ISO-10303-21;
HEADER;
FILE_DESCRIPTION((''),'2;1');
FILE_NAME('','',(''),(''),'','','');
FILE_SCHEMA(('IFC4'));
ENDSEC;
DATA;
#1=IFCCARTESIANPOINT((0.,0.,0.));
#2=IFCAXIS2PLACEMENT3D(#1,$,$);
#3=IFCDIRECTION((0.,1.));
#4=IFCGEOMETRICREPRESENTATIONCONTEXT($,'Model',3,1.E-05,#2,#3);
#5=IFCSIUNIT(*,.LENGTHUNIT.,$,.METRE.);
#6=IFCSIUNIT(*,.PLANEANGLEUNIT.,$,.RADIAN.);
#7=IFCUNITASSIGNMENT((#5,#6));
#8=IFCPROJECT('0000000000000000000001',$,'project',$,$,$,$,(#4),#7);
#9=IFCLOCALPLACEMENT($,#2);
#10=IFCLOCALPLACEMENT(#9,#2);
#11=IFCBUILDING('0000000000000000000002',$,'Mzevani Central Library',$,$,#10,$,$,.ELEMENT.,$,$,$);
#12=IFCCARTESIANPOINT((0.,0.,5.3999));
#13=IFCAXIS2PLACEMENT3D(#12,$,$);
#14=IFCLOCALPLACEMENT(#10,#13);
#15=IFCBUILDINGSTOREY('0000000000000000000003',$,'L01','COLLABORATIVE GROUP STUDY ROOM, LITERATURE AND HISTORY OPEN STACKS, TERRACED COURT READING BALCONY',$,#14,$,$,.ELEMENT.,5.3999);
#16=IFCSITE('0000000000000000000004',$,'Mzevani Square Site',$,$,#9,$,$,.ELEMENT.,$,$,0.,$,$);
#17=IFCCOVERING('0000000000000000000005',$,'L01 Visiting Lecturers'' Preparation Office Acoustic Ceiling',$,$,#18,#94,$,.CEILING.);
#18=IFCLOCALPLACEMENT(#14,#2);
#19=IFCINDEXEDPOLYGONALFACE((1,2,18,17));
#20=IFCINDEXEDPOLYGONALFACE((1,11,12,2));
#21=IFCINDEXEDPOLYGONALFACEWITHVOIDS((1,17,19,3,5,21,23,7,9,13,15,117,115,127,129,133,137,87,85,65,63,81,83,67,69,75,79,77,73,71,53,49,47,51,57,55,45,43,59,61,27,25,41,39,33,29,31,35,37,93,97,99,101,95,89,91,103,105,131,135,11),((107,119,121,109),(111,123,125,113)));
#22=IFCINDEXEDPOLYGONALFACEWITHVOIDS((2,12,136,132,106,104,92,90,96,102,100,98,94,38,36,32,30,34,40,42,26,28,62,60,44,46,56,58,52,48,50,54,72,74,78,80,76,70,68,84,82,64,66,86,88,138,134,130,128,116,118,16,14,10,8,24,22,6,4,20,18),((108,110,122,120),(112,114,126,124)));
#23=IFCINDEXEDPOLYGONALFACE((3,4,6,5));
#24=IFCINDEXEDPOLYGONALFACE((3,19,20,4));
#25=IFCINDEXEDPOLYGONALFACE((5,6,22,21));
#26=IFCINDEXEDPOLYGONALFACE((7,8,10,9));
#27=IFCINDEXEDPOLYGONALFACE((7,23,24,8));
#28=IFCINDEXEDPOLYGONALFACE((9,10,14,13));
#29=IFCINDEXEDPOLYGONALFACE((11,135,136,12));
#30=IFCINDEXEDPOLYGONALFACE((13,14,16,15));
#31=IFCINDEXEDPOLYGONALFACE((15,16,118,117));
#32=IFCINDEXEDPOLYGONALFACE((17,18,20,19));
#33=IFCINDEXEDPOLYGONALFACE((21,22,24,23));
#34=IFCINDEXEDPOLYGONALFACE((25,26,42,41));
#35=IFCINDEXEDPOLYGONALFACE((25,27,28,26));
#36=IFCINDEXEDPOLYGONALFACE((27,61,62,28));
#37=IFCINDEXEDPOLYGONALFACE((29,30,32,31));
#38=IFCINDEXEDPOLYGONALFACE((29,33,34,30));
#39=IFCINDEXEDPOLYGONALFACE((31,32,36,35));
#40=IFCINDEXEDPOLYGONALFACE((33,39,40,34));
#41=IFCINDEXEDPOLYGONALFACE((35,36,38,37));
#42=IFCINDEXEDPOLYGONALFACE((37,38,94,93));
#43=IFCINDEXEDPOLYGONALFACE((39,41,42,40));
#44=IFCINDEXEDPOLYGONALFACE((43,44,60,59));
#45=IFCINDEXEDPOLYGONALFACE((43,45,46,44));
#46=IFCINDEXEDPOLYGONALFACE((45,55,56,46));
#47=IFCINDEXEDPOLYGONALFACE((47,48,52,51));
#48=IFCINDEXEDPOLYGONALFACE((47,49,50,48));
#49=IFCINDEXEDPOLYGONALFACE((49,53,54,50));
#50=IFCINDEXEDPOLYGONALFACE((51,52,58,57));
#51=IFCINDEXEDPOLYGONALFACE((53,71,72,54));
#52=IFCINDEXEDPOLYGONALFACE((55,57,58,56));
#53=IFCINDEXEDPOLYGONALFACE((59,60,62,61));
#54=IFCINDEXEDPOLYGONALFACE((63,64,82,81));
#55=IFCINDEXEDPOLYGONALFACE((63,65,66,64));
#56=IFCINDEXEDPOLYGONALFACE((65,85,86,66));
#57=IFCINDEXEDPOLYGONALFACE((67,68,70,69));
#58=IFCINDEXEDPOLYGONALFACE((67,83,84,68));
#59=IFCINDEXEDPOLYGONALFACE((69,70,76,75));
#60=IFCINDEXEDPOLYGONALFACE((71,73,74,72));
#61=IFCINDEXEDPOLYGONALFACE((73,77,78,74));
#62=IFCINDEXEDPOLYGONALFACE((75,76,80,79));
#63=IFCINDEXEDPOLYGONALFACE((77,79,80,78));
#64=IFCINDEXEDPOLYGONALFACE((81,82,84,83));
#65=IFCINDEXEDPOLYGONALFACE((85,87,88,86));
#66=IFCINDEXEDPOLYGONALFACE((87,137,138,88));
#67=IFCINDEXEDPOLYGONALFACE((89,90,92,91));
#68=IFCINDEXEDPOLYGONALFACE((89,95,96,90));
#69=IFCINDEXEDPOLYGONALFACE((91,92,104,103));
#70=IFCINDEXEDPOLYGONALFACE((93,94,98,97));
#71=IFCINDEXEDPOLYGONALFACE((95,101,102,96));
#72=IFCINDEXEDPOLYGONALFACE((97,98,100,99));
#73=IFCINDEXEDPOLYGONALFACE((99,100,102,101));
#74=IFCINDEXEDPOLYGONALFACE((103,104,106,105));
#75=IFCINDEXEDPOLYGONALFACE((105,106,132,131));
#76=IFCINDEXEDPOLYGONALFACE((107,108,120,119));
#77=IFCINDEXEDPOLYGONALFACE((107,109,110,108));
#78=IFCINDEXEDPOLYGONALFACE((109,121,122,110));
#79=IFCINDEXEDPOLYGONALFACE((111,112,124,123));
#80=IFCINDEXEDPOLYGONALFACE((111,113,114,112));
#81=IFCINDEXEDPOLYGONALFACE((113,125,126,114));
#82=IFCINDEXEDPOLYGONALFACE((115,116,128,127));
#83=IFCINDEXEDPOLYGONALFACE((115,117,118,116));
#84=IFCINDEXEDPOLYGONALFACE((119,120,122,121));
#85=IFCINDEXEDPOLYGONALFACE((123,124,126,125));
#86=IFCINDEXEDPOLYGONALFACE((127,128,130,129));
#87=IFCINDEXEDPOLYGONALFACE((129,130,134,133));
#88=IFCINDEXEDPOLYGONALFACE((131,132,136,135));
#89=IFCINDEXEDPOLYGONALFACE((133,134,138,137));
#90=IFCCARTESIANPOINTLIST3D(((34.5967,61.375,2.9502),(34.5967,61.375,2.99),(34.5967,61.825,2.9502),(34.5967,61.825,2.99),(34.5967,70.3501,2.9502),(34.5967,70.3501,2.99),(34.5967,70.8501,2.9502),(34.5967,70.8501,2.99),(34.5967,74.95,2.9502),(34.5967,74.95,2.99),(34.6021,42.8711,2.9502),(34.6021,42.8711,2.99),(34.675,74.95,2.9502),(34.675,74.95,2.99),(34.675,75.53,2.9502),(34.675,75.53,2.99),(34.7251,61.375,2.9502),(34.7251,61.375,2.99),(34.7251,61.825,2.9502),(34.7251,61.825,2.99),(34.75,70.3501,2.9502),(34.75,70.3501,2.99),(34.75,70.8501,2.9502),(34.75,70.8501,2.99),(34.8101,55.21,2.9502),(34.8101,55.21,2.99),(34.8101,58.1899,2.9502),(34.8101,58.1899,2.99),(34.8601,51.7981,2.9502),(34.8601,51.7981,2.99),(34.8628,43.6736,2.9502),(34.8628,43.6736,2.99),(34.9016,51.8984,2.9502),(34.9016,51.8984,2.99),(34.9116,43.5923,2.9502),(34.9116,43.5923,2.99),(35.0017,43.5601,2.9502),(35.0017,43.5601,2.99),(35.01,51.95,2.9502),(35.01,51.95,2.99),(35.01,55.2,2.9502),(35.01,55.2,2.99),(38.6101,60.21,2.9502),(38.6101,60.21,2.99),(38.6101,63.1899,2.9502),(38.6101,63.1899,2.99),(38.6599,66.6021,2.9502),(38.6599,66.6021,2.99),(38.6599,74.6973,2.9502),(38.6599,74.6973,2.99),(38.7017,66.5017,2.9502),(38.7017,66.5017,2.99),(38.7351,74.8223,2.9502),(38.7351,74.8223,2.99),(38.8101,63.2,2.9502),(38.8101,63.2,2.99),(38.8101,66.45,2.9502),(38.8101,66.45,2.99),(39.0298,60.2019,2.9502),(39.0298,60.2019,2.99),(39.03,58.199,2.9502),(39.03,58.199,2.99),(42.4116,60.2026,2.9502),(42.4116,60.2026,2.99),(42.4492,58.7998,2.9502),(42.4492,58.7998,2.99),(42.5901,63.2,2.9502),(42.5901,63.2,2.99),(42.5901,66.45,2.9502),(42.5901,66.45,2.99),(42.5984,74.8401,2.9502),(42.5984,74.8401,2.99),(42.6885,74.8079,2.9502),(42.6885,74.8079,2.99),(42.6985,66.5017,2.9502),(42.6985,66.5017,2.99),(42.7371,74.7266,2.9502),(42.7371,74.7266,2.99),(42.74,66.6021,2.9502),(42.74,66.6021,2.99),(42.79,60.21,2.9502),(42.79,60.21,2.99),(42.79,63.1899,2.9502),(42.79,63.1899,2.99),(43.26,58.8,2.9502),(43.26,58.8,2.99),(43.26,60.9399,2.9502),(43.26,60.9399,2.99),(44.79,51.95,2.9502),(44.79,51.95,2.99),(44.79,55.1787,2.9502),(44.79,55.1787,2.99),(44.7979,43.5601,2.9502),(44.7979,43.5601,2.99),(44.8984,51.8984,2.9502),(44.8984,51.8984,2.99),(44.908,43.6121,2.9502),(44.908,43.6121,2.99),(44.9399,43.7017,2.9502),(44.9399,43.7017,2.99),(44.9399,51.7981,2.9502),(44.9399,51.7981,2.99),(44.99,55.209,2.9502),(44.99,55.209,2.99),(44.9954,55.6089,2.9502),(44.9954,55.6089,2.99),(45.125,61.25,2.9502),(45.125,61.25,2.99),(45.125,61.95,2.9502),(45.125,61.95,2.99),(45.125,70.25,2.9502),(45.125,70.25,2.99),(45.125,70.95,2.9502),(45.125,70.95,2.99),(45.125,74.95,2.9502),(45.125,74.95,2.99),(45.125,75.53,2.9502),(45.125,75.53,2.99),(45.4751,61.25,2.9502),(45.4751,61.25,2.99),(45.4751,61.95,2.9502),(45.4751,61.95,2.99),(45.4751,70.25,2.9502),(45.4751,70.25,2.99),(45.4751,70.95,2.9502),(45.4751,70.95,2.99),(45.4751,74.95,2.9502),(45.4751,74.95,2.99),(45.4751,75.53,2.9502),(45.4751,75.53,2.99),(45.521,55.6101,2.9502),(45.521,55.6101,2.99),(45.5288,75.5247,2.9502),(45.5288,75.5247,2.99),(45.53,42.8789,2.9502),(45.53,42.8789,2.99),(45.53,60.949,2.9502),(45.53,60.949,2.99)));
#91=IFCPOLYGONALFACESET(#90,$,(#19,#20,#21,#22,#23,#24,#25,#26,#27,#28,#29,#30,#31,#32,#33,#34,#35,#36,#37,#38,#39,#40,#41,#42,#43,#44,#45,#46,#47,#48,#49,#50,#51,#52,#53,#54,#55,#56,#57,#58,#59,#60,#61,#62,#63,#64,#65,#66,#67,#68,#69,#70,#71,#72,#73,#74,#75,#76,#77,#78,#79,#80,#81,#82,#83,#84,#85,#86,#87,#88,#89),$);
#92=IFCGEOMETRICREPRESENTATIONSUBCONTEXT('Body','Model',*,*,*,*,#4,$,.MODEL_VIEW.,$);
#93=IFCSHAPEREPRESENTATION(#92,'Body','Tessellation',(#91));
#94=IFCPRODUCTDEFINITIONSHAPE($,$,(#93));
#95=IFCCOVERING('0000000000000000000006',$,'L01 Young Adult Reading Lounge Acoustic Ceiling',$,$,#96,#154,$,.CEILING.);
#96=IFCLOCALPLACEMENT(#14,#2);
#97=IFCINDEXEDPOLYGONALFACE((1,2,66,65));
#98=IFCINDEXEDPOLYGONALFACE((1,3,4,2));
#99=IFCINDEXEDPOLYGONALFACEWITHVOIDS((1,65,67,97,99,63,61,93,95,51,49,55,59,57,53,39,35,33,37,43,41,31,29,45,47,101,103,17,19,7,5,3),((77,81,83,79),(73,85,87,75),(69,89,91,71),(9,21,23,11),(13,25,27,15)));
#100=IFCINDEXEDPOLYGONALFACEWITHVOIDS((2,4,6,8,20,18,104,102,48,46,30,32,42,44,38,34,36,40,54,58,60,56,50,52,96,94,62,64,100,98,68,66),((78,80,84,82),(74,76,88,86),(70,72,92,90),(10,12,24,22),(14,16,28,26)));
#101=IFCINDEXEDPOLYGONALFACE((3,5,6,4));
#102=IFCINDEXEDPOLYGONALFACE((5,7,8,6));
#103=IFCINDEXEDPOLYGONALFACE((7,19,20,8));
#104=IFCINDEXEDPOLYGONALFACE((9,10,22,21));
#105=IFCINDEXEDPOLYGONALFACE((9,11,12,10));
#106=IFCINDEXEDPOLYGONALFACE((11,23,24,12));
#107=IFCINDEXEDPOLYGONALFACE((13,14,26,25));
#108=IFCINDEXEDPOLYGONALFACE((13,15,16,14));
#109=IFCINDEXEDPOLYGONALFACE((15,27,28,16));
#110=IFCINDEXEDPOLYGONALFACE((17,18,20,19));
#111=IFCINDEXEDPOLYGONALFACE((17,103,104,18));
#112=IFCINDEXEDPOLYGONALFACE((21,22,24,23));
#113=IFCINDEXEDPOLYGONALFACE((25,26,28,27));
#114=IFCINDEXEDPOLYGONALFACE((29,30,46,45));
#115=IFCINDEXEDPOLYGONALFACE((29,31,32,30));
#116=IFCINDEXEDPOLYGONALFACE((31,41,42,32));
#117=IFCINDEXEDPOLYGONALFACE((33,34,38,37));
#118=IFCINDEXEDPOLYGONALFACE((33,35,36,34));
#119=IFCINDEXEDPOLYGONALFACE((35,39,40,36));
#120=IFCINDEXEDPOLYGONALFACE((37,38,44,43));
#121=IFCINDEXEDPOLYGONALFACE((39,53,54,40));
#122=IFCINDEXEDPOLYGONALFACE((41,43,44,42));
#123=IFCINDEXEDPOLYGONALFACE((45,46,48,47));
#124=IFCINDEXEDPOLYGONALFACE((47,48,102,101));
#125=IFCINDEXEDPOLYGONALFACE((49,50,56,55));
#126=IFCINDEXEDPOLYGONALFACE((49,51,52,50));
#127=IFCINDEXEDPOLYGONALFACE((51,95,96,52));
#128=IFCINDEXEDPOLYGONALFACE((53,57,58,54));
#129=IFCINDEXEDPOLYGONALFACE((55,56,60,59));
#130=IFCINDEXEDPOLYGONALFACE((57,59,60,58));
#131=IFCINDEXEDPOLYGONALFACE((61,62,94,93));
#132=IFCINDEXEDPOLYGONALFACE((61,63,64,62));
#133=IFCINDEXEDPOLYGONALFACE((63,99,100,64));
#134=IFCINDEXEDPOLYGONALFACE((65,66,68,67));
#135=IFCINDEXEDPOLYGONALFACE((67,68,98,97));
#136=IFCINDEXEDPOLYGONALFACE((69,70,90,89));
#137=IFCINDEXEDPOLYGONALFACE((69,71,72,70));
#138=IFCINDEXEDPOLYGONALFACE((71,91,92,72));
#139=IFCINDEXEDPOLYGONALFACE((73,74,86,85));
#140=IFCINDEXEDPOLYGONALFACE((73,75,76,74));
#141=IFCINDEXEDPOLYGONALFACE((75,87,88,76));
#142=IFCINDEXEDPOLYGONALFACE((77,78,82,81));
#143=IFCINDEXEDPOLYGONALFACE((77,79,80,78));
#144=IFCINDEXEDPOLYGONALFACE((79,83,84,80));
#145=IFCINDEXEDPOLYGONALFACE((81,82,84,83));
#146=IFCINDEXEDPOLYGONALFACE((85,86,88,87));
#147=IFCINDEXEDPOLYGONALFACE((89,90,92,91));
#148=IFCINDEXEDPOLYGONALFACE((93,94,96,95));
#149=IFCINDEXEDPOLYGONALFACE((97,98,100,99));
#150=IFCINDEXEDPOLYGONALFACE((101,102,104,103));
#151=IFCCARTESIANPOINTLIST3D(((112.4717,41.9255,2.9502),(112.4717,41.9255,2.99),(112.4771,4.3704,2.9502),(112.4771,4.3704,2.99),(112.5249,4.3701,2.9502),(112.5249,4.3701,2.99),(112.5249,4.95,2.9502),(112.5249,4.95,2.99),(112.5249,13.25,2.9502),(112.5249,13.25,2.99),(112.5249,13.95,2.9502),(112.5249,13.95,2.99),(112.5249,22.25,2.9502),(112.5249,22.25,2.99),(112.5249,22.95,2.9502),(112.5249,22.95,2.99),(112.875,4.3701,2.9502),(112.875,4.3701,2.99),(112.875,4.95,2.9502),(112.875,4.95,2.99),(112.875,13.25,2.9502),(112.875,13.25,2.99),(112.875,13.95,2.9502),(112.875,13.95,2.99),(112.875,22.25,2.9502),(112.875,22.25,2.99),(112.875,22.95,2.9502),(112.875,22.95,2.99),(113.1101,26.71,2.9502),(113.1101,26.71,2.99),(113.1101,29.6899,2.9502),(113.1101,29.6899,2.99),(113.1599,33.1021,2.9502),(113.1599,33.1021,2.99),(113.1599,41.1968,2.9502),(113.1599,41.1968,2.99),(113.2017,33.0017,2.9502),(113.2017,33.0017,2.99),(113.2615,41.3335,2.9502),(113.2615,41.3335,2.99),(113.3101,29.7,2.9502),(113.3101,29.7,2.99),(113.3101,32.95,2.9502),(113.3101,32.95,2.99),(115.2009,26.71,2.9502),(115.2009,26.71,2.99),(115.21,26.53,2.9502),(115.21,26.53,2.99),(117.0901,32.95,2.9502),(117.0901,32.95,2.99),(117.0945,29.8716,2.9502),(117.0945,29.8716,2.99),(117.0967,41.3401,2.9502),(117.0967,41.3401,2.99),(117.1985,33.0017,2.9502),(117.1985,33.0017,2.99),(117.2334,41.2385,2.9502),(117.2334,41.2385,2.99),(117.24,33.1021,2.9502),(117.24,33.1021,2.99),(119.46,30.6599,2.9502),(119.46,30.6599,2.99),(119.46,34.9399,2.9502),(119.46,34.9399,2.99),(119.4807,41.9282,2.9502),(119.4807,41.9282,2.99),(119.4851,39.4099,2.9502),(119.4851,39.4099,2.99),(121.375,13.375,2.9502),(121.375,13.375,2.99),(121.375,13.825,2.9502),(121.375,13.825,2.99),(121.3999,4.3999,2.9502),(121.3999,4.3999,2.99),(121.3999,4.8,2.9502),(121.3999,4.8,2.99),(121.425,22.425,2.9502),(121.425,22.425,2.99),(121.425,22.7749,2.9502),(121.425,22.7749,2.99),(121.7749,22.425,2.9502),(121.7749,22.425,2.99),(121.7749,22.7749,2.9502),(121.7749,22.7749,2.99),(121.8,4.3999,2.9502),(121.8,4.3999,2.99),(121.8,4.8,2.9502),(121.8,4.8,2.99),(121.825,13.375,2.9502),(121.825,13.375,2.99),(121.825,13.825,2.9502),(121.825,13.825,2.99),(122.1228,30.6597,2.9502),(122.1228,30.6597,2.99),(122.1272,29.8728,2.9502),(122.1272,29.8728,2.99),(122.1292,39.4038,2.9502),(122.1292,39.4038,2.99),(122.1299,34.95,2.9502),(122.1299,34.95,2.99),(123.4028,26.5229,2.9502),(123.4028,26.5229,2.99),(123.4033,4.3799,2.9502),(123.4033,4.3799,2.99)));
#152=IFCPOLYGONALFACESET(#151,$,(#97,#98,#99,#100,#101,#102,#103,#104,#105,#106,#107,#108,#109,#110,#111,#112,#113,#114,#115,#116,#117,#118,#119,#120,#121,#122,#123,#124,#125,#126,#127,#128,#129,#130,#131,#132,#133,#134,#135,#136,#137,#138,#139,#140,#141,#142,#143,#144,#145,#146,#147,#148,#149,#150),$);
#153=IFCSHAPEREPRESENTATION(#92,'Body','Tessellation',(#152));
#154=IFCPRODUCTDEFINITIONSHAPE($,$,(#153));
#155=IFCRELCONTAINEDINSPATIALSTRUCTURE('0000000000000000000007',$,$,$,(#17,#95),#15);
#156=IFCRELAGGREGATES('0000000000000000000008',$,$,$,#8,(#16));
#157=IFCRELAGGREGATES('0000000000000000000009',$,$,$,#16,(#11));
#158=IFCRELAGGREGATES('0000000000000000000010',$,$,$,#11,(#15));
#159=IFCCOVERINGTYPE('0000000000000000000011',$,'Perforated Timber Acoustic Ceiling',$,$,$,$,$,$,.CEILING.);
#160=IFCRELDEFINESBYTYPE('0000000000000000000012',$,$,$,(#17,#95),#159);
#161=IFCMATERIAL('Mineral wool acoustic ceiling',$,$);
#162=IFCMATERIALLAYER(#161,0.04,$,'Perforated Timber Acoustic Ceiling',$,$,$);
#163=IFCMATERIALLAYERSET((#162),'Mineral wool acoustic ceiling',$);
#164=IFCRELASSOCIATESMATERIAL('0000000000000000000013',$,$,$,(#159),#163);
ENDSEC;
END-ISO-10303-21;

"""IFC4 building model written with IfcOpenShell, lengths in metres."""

from ifc_helpers import new_model, si_unit, direction, frame, origin, place, context, subcontext, project, spatial, polyline, outline, extrude, material, layer, layer_set, type_object, element, save


model = new_model("IFC4")

# Units and contexts
model_context = context("Model", 3, precision=1e-05, world=origin(), true_north=direction((0.0, 1.0)))
body_context = subcontext(model_context, "Body", "Model", "MODEL_VIEW")
ifc_project = project(units=[si_unit("LENGTHUNIT", "METRE"), si_unit("PLANEANGLEUNIT", "RADIAN")], contexts=[model_context])

# Site, building, storey
site_placement = place(None, origin())
site = spatial("IfcSite", under=ifc_project, at=site_placement, Name="Mzevani Square Site", CompositionType="ELEMENT", RefElevation=0.0)
building_placement = place(site_placement, origin())
building = spatial("IfcBuilding", under=site, at=building_placement, Name="Mzevani Central Library", CompositionType="ELEMENT")
storey_placement = place(building_placement, frame((0.0, 0.0, 5.3999)))
storey = spatial("IfcBuildingStorey", under=building, at=storey_placement, Name="L01", Description="COLLABORATIVE GROUP STUDY ROOM, LITERATURE AND HISTORY OPEN STACKS, TERRACED COURT READING BALCONY", CompositionType="ELEMENT", Elevation=5.3999)

# Coverings
ifc_material_1 = material(Name="Mineral wool acoustic ceiling")
ifc_layer_1 = layer(ifc_material_1, 0.04, Name="Perforated Timber Acoustic Ceiling")
ifc_layer_set_1 = layer_set([ifc_layer_1], Name="Mineral wool acoustic ceiling")
covering_type_1 = type_object("IfcCoveringType", Name="Perforated Timber Acoustic Ceiling", PredefinedType="CEILING", material=ifc_layer_set_1)
covering_1_placement = place(storey_placement, frame((0.0, 0.0, 2.9502)))
element("IfcCovering", 1, at=covering_1_placement, inside=storey, type_object=covering_type_1, Name="L01 Visiting Lecturers' Preparation Office Acoustic Ceiling", PredefinedType="CEILING", context=body_context, shape_type="SweptSolid", body=[
    extrude(outline(polyline([(43.26, 58.8), (42.4492, 58.7998), (42.4116, 60.2026), (42.79, 60.21), (42.79, 63.1899), (42.5901, 63.2), (42.5901, 66.45), (42.6985, 66.5017), (42.74, 66.6021), (42.7371, 74.7266), (42.6885, 74.8079), (42.5984, 74.8401), (38.7351, 74.8223), (38.6599, 74.6973), (38.6599, 66.6021), (38.7017, 66.5017), (38.8101, 66.45), (38.8101, 63.2), (38.6101, 63.1899), (38.6101, 60.21), (39.0298, 60.2019), (39.03, 58.199), (34.8101, 58.1899), (34.8101, 55.21), (35.01, 55.2), (35.01, 51.95), (34.9016, 51.8984), (34.8601, 51.7981), (34.8628, 43.6736), (34.9116, 43.5923), (35.0017, 43.5601), (44.7979, 43.5601), (44.908, 43.6121), (44.9399, 43.7017), (44.9399, 51.7981), (44.8984, 51.8984), (44.79, 51.95), (44.79, 55.1787), (44.99, 55.209), (44.9954, 55.6089), (45.521, 55.6101), (45.53, 42.8789), (34.6021, 42.8711), (34.5967, 61.375), (34.7251, 61.375), (34.7251, 61.825), (34.5967, 61.825), (34.5967, 70.3501), (34.75, 70.3501), (34.75, 70.8501), (34.5967, 70.8501), (34.5967, 74.95), (34.675, 74.95), (34.675, 75.53), (45.125, 75.53), (45.125, 74.95), (45.4751, 74.95), (45.4751, 75.53), (45.5288, 75.5247), (45.53, 60.949), (43.26, 60.9399), (43.26, 58.8)]), holes=[polyline([(45.125, 61.25), (45.4751, 61.25), (45.4751, 61.95), (45.125, 61.95), (45.125, 61.25)]), polyline([(45.125, 70.95), (45.125, 70.25), (45.4751, 70.25), (45.4751, 70.95), (45.125, 70.95)])]), origin(), (0.0, 0.0, 1.0), 0.0398),
])
covering_2_placement = place(storey_placement, frame((0.0, 0.0, 2.9502)))
element("IfcCovering", 2, at=covering_2_placement, inside=storey, type_object=covering_type_1, Name="L01 Young Adult Reading Lounge Acoustic Ceiling", PredefinedType="CEILING", context=body_context, shape_type="SweptSolid", body=[
    extrude(outline(polyline([(122.1299, 34.95), (119.46, 34.9399), (119.46, 30.6599), (122.1228, 30.6597), (122.1272, 29.8728), (117.0945, 29.8716), (117.0901, 32.95), (117.1985, 33.0017), (117.24, 33.1021), (117.2334, 41.2385), (117.0967, 41.3401), (113.2615, 41.3335), (113.1599, 41.1968), (113.1599, 33.1021), (113.2017, 33.0017), (113.3101, 32.95), (113.3101, 29.7), (113.1101, 29.6899), (113.1101, 26.71), (115.2009, 26.71), (115.21, 26.53), (123.4028, 26.5229), (123.4033, 4.3799), (112.875, 4.3701), (112.875, 4.95), (112.5249, 4.95), (112.5249, 4.3701), (112.4771, 4.3704), (112.4717, 41.9255), (119.4807, 41.9282), (119.4851, 39.4099), (122.1292, 39.4038), (122.1299, 34.95)]), holes=[polyline([(112.875, 13.95), (112.5249, 13.95), (112.5249, 13.25), (112.875, 13.25), (112.875, 13.95)]), polyline([(112.875, 22.25), (112.875, 22.95), (112.5249, 22.95), (112.5249, 22.25), (112.875, 22.25)]), polyline([(121.3999, 4.3999), (121.8, 4.3999), (121.8, 4.8), (121.3999, 4.8), (121.3999, 4.3999)]), polyline([(121.375, 13.825), (121.375, 13.375), (121.825, 13.375), (121.825, 13.825), (121.375, 13.825)]), polyline([(121.7749, 22.7749), (121.425, 22.7749), (121.425, 22.425), (121.7749, 22.425), (121.7749, 22.7749)])]), origin(), (0.0, 0.0, 1.0), 0.0398),
])

save(model, "model.ifc")
